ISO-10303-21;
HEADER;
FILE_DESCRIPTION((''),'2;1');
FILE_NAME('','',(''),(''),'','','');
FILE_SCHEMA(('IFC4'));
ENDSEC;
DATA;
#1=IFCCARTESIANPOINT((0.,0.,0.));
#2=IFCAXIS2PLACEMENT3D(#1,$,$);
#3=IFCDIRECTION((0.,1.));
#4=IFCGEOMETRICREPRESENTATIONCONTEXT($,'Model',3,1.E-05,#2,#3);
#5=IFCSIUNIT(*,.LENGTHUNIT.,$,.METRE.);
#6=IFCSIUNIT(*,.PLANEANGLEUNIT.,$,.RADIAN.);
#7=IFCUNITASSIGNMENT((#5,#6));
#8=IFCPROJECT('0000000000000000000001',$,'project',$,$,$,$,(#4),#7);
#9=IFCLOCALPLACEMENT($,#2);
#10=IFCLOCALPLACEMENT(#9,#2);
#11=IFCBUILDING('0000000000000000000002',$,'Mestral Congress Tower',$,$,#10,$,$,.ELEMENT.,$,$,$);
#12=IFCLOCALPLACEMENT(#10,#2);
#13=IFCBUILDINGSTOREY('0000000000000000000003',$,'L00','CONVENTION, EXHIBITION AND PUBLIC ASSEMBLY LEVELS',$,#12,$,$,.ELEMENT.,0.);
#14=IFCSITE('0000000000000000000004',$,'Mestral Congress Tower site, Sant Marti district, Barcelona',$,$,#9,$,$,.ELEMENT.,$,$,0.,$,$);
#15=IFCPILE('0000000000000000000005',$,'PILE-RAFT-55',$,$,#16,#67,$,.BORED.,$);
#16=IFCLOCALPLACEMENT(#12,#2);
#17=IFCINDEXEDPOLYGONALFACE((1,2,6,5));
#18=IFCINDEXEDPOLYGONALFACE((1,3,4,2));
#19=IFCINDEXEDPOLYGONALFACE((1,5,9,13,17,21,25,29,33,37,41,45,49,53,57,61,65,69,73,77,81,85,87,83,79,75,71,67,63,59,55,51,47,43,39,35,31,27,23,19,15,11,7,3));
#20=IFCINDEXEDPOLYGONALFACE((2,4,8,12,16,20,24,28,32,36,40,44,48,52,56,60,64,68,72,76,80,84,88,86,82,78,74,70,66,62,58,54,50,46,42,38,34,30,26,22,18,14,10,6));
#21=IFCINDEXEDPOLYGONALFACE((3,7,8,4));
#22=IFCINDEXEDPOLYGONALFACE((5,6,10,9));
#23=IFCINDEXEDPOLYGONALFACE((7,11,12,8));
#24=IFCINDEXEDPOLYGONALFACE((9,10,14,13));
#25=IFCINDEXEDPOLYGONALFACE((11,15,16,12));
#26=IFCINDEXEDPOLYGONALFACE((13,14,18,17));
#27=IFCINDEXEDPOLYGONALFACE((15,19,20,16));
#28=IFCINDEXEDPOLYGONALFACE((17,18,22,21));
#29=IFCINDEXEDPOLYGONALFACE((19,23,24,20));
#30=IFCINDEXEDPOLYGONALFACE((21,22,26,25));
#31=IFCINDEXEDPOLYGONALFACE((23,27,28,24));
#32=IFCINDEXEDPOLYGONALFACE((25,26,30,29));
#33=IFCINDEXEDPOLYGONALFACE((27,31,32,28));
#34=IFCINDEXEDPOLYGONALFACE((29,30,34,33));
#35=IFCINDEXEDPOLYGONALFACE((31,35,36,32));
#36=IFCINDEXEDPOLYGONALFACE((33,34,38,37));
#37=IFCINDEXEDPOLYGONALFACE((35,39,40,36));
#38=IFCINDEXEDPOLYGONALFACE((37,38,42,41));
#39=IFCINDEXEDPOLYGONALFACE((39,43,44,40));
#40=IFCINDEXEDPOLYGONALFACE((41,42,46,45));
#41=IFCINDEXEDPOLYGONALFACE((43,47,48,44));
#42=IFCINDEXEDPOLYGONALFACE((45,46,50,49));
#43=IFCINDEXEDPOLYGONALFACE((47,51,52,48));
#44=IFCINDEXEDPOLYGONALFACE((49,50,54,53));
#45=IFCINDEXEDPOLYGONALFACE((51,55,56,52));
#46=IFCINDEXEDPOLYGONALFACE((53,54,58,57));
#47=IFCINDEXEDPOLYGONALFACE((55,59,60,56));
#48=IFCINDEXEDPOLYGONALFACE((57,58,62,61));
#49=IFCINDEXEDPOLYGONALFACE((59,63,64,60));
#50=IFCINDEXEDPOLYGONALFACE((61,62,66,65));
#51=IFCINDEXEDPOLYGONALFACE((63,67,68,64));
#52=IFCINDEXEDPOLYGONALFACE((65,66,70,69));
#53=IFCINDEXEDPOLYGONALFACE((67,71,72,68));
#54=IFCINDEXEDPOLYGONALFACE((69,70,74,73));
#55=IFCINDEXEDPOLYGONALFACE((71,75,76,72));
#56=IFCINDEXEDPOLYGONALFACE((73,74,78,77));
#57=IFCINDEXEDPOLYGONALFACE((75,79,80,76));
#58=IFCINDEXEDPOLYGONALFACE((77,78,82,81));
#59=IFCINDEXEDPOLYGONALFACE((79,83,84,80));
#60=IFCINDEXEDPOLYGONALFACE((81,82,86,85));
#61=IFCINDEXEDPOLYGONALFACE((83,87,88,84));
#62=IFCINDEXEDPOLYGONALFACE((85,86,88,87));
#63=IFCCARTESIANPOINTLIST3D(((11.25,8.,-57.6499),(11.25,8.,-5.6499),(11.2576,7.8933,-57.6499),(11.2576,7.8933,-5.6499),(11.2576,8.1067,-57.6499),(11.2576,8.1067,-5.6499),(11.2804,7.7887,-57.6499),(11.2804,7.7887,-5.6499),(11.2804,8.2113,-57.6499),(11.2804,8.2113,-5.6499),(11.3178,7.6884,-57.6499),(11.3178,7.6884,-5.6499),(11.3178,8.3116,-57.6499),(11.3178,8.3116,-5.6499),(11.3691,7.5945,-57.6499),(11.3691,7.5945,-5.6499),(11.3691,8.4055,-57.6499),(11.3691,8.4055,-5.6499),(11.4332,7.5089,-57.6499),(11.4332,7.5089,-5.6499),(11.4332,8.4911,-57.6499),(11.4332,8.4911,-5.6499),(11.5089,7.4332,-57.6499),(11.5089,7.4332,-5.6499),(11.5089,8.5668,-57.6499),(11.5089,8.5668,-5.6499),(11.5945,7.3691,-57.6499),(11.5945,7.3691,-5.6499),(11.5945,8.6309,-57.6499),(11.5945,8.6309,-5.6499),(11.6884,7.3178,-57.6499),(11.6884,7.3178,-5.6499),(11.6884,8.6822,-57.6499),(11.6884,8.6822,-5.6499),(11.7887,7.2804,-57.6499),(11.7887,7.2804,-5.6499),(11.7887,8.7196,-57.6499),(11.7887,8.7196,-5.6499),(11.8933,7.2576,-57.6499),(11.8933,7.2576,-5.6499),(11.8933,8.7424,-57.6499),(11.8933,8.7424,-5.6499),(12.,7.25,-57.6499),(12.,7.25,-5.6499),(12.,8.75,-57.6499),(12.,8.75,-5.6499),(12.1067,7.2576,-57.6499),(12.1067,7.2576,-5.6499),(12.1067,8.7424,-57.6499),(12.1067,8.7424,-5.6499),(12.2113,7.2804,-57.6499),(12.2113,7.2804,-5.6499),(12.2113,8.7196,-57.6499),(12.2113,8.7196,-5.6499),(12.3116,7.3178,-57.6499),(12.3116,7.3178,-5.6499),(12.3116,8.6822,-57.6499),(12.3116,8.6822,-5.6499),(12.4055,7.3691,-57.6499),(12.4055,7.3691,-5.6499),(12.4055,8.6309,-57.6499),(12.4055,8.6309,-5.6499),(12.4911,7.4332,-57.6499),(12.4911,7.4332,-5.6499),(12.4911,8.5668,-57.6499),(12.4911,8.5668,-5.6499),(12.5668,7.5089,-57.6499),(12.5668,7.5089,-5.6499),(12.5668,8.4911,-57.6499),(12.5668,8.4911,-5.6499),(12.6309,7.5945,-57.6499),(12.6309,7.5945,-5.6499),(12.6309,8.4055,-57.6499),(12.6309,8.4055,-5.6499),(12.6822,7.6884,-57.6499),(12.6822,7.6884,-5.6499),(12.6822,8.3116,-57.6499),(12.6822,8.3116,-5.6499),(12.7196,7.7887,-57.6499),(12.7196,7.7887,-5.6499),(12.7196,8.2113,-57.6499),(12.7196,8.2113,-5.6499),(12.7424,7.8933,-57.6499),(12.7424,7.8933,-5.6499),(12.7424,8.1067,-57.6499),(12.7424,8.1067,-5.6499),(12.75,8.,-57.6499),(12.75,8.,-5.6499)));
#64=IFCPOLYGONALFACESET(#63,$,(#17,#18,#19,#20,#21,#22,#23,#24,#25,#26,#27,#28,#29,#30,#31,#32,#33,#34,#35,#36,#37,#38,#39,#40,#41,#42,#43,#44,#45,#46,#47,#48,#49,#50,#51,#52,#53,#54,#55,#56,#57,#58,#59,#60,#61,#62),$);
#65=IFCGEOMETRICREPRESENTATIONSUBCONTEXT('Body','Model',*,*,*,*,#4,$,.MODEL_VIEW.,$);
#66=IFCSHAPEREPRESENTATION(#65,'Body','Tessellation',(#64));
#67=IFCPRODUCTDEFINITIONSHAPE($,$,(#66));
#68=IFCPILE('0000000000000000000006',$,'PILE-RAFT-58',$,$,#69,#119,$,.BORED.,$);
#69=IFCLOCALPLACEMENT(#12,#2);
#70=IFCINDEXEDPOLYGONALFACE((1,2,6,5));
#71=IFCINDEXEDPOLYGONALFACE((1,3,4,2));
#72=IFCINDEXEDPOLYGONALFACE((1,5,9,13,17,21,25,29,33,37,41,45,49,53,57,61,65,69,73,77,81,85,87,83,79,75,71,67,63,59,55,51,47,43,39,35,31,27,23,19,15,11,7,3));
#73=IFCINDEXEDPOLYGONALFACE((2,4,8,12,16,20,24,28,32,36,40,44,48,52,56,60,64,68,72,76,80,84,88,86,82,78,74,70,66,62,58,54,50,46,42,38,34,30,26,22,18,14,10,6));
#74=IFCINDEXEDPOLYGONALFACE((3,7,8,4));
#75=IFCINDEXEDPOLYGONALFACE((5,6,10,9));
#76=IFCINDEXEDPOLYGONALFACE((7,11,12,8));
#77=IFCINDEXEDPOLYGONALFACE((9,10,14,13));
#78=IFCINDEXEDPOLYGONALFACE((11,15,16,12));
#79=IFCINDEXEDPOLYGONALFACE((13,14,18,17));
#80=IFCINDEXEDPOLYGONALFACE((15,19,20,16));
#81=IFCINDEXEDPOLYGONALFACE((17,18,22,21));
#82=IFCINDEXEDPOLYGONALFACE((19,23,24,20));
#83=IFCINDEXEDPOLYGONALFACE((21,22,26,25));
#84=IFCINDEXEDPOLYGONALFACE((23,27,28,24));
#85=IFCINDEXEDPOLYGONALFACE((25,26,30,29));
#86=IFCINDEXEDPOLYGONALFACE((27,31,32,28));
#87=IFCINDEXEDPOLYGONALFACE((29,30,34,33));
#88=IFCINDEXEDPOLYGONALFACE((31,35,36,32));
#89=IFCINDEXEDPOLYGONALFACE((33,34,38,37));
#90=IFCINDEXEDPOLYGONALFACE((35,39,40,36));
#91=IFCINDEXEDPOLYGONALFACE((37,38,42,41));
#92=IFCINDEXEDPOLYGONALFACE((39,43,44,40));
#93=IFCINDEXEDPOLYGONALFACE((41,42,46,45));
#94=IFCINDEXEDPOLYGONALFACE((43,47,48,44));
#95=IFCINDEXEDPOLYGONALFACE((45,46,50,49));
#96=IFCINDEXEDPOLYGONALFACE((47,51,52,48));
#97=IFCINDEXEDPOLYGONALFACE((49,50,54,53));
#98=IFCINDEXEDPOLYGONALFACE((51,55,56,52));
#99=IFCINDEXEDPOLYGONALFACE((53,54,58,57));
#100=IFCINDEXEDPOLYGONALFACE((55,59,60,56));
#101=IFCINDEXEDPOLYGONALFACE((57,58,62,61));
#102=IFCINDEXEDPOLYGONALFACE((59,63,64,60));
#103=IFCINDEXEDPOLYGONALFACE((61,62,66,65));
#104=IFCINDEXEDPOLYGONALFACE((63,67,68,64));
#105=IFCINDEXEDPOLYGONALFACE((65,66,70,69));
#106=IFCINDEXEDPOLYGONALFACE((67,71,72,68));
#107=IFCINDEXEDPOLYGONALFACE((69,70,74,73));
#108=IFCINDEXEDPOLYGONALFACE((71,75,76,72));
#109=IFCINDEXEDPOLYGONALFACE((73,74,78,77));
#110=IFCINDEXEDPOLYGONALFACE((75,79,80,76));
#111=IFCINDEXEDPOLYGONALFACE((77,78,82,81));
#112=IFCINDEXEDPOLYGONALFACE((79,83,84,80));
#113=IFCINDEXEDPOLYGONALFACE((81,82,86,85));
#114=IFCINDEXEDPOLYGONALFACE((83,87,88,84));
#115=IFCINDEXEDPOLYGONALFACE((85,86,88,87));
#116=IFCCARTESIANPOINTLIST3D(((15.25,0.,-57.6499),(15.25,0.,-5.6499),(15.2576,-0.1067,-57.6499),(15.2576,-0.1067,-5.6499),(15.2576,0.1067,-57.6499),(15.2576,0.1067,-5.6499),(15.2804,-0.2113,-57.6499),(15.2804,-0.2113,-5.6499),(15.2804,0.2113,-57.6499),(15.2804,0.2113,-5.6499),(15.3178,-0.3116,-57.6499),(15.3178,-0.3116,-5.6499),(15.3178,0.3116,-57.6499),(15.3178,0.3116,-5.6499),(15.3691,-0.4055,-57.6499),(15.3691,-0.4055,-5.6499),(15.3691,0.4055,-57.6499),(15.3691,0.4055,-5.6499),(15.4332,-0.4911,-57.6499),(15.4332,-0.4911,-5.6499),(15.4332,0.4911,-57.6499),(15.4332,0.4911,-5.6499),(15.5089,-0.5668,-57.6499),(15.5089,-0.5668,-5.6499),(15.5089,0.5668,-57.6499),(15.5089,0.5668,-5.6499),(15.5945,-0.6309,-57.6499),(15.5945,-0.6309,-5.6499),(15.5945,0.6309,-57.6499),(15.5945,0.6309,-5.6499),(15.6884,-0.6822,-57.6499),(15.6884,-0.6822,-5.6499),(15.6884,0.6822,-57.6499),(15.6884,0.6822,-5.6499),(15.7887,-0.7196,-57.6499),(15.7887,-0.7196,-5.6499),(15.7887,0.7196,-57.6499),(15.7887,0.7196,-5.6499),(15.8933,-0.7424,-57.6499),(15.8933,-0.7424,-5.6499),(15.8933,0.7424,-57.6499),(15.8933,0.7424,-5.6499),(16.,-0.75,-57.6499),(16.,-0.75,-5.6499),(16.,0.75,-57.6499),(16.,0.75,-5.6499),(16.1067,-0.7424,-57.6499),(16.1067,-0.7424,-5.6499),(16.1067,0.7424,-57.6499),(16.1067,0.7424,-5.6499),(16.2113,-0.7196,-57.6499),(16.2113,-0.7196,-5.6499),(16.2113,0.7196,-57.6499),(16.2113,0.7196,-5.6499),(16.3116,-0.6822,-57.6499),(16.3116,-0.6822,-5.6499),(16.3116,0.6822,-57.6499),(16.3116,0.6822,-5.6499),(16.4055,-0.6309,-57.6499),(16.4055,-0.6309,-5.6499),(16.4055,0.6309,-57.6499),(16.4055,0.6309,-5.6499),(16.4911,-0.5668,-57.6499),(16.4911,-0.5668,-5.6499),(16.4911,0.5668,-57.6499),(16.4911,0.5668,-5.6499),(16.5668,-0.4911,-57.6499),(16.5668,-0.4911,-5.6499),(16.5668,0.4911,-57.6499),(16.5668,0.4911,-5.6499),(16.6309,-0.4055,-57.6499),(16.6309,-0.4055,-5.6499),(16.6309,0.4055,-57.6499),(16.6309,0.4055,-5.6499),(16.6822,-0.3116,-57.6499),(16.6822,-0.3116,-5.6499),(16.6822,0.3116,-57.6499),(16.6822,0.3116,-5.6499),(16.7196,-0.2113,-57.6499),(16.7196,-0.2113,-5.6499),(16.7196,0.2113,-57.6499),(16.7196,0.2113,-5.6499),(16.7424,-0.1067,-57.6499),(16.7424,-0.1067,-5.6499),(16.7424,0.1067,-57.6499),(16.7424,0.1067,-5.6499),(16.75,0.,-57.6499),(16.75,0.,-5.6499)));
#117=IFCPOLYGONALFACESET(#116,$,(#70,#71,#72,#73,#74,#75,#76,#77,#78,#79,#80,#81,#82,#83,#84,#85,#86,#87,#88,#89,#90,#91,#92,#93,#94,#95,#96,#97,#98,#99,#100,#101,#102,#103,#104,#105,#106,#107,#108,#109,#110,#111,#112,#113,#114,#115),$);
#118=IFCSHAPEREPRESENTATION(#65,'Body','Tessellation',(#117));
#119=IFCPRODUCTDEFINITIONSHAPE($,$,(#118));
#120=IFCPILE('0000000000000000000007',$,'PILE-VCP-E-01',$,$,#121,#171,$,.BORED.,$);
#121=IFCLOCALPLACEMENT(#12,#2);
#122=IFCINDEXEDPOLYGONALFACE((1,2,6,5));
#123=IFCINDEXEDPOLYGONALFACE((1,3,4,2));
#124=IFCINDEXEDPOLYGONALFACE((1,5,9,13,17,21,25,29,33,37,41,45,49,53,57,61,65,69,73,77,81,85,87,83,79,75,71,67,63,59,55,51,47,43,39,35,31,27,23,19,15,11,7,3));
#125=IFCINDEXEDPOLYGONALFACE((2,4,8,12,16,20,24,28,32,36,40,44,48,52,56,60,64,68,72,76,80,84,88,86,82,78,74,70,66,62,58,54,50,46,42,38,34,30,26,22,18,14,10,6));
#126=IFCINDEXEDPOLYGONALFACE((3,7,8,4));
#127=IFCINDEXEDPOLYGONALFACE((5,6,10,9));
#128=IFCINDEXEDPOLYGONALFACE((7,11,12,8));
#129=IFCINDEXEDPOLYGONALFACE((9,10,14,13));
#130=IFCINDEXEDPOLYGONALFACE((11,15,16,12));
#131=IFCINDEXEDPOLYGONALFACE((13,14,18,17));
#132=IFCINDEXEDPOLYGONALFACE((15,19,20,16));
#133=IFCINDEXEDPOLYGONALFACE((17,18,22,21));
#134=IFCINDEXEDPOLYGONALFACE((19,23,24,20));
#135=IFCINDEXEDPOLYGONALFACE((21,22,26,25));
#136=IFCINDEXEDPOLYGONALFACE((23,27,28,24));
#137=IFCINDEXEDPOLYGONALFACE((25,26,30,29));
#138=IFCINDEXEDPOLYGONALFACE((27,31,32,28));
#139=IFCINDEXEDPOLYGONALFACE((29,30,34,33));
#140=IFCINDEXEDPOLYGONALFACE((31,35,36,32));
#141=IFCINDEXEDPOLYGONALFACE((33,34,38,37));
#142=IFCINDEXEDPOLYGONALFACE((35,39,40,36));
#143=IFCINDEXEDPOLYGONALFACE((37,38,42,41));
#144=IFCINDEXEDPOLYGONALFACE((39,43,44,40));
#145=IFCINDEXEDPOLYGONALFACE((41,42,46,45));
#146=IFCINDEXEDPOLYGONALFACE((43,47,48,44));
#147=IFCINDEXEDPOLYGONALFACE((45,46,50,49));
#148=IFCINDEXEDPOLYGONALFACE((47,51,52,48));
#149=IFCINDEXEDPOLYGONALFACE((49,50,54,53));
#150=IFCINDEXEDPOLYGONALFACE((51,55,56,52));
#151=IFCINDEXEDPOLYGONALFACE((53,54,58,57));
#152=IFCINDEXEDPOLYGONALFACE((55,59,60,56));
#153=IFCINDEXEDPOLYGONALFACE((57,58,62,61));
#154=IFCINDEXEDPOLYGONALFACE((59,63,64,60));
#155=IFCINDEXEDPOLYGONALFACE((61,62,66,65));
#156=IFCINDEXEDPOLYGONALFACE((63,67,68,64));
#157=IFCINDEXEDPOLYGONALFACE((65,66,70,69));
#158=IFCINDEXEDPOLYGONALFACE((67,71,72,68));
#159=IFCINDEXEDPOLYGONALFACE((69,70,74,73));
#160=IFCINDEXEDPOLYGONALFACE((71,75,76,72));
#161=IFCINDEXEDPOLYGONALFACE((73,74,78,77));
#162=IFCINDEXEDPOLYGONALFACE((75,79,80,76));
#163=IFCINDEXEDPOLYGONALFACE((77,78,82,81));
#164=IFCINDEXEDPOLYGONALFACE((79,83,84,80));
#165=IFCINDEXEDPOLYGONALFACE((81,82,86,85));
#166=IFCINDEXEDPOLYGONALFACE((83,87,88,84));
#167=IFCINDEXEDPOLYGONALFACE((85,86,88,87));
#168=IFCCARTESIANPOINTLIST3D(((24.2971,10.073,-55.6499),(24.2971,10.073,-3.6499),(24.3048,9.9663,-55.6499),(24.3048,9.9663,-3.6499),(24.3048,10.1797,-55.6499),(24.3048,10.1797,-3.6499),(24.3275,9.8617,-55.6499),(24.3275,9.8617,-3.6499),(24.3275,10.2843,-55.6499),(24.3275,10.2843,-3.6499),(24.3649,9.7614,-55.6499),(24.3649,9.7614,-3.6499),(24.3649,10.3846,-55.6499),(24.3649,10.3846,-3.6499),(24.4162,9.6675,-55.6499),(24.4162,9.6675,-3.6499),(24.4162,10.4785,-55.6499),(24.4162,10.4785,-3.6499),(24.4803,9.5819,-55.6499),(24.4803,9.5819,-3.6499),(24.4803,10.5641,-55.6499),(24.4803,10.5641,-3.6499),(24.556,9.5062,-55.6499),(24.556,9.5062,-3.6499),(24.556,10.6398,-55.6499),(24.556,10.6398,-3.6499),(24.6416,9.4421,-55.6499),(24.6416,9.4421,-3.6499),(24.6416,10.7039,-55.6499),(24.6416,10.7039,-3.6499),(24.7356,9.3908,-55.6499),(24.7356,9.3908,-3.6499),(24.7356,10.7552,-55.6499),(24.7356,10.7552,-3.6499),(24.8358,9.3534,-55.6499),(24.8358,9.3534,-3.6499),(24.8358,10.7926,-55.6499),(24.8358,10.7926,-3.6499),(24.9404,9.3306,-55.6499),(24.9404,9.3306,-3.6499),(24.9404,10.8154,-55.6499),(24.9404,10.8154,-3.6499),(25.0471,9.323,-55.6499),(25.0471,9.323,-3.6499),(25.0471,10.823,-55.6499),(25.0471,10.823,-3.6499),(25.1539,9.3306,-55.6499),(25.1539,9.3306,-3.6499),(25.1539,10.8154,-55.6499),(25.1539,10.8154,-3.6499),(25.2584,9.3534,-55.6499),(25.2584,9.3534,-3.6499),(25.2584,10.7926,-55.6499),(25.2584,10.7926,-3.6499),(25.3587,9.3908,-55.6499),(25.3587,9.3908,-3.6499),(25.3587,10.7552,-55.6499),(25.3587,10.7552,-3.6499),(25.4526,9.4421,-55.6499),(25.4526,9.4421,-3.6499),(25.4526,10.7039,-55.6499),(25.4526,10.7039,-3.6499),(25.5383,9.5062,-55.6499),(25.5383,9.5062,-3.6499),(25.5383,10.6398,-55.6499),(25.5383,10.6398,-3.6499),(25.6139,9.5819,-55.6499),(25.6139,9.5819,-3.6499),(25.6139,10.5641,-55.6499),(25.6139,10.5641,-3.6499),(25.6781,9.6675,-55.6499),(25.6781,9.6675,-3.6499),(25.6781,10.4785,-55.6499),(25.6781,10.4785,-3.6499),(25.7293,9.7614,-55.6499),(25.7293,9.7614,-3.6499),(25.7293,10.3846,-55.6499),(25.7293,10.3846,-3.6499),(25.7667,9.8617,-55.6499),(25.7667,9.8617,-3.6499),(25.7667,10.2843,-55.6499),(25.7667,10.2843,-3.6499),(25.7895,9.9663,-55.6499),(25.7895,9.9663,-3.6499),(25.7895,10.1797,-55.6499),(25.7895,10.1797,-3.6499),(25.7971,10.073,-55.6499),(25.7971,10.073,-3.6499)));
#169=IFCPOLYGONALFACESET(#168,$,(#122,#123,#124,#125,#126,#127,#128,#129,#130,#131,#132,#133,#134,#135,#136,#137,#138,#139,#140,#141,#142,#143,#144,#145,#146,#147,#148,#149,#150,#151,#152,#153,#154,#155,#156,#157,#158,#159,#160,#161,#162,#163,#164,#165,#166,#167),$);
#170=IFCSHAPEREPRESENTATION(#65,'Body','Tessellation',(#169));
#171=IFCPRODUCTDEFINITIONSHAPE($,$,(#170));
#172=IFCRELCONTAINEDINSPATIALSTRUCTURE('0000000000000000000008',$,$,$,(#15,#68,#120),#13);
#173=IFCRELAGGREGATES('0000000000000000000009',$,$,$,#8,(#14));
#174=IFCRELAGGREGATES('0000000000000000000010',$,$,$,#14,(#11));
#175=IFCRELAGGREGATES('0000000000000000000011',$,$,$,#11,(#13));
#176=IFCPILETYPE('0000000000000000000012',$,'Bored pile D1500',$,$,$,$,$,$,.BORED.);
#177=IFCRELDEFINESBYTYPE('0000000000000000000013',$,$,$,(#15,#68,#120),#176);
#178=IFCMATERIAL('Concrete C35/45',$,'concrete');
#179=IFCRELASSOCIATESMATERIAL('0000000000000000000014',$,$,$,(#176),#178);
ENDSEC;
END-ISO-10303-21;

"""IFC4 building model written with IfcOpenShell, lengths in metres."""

from ifc_helpers import new_model, si_unit, direction, frame, origin, origin_2d, place, context, subcontext, project, spatial, circle, extrude, material, material_profile, profile_set, type_object, element, save


model = new_model("IFC4")

# Units and contexts
model_context = context("Model", 3, precision=1e-05, world=origin(), true_north=direction((0.0, 1.0)))
body_context = subcontext(model_context, "Body", "Model", "MODEL_VIEW")
ifc_project = project(units=[si_unit("LENGTHUNIT", "METRE"), si_unit("PLANEANGLEUNIT", "RADIAN")], contexts=[model_context])

# Site, building, storey
site_placement = place(None, origin())
site = spatial("IfcSite", under=ifc_project, at=site_placement, Name="Mestral Congress Tower site, Sant Marti district, Barcelona", CompositionType="ELEMENT", RefElevation=0.0)
building_placement = place(site_placement, origin())
building = spatial("IfcBuilding", under=site, at=building_placement, Name="Mestral Congress Tower", CompositionType="ELEMENT")
storey_placement = place(building_placement, origin())
storey = spatial("IfcBuildingStorey", under=building, at=storey_placement, Name="L00", Description="CONVENTION, EXHIBITION AND PUBLIC ASSEMBLY LEVELS", CompositionType="ELEMENT", Elevation=0.0)

# Piles
ifc_material_1 = material(Name="Concrete C35/45", Category="concrete")
ifc_material_profile_1 = material_profile(ifc_material_1, circle(Radius=0.75, at=origin_2d()), Name="D1500")
ifc_profile_set_1 = profile_set([ifc_material_profile_1], Name="Concrete C35/45")
pile_type_1 = type_object("IfcPileType", Name="Bored pile D1500", PredefinedType="BORED", material=ifc_profile_set_1)
for number, where, z_axis, x_axis, name in (
    (1, (12.0, 8.0, -5.6499), (0.0, 0.0, -1.0), (1.0, 0.0, 0.0), "PILE-RAFT-55"),
    (2, (16.0, 0.0, -5.6499), (0.0, 0.0, -1.0), (1.0, 0.0, 0.0), "PILE-RAFT-58"),
    (3, (25.0471, 10.073, -3.6499), (0.0, 0.0, -1.0), (1.0, 0.0, 0.0), "PILE-VCP-E-01"),
):
    element("IfcPile", number, at=place(storey_placement, frame(where, z_axis=z_axis, x_axis=x_axis)), inside=storey, type_object=pile_type_1, Name=name, PredefinedType="BORED", context=body_context, shape_type="SweptSolid", body=[
        extrude(circle(Radius=0.75, at=origin_2d()), origin(), (0.0, 0.0, 1.0), 52.0),
    ])

save(model, "model.ifc")
